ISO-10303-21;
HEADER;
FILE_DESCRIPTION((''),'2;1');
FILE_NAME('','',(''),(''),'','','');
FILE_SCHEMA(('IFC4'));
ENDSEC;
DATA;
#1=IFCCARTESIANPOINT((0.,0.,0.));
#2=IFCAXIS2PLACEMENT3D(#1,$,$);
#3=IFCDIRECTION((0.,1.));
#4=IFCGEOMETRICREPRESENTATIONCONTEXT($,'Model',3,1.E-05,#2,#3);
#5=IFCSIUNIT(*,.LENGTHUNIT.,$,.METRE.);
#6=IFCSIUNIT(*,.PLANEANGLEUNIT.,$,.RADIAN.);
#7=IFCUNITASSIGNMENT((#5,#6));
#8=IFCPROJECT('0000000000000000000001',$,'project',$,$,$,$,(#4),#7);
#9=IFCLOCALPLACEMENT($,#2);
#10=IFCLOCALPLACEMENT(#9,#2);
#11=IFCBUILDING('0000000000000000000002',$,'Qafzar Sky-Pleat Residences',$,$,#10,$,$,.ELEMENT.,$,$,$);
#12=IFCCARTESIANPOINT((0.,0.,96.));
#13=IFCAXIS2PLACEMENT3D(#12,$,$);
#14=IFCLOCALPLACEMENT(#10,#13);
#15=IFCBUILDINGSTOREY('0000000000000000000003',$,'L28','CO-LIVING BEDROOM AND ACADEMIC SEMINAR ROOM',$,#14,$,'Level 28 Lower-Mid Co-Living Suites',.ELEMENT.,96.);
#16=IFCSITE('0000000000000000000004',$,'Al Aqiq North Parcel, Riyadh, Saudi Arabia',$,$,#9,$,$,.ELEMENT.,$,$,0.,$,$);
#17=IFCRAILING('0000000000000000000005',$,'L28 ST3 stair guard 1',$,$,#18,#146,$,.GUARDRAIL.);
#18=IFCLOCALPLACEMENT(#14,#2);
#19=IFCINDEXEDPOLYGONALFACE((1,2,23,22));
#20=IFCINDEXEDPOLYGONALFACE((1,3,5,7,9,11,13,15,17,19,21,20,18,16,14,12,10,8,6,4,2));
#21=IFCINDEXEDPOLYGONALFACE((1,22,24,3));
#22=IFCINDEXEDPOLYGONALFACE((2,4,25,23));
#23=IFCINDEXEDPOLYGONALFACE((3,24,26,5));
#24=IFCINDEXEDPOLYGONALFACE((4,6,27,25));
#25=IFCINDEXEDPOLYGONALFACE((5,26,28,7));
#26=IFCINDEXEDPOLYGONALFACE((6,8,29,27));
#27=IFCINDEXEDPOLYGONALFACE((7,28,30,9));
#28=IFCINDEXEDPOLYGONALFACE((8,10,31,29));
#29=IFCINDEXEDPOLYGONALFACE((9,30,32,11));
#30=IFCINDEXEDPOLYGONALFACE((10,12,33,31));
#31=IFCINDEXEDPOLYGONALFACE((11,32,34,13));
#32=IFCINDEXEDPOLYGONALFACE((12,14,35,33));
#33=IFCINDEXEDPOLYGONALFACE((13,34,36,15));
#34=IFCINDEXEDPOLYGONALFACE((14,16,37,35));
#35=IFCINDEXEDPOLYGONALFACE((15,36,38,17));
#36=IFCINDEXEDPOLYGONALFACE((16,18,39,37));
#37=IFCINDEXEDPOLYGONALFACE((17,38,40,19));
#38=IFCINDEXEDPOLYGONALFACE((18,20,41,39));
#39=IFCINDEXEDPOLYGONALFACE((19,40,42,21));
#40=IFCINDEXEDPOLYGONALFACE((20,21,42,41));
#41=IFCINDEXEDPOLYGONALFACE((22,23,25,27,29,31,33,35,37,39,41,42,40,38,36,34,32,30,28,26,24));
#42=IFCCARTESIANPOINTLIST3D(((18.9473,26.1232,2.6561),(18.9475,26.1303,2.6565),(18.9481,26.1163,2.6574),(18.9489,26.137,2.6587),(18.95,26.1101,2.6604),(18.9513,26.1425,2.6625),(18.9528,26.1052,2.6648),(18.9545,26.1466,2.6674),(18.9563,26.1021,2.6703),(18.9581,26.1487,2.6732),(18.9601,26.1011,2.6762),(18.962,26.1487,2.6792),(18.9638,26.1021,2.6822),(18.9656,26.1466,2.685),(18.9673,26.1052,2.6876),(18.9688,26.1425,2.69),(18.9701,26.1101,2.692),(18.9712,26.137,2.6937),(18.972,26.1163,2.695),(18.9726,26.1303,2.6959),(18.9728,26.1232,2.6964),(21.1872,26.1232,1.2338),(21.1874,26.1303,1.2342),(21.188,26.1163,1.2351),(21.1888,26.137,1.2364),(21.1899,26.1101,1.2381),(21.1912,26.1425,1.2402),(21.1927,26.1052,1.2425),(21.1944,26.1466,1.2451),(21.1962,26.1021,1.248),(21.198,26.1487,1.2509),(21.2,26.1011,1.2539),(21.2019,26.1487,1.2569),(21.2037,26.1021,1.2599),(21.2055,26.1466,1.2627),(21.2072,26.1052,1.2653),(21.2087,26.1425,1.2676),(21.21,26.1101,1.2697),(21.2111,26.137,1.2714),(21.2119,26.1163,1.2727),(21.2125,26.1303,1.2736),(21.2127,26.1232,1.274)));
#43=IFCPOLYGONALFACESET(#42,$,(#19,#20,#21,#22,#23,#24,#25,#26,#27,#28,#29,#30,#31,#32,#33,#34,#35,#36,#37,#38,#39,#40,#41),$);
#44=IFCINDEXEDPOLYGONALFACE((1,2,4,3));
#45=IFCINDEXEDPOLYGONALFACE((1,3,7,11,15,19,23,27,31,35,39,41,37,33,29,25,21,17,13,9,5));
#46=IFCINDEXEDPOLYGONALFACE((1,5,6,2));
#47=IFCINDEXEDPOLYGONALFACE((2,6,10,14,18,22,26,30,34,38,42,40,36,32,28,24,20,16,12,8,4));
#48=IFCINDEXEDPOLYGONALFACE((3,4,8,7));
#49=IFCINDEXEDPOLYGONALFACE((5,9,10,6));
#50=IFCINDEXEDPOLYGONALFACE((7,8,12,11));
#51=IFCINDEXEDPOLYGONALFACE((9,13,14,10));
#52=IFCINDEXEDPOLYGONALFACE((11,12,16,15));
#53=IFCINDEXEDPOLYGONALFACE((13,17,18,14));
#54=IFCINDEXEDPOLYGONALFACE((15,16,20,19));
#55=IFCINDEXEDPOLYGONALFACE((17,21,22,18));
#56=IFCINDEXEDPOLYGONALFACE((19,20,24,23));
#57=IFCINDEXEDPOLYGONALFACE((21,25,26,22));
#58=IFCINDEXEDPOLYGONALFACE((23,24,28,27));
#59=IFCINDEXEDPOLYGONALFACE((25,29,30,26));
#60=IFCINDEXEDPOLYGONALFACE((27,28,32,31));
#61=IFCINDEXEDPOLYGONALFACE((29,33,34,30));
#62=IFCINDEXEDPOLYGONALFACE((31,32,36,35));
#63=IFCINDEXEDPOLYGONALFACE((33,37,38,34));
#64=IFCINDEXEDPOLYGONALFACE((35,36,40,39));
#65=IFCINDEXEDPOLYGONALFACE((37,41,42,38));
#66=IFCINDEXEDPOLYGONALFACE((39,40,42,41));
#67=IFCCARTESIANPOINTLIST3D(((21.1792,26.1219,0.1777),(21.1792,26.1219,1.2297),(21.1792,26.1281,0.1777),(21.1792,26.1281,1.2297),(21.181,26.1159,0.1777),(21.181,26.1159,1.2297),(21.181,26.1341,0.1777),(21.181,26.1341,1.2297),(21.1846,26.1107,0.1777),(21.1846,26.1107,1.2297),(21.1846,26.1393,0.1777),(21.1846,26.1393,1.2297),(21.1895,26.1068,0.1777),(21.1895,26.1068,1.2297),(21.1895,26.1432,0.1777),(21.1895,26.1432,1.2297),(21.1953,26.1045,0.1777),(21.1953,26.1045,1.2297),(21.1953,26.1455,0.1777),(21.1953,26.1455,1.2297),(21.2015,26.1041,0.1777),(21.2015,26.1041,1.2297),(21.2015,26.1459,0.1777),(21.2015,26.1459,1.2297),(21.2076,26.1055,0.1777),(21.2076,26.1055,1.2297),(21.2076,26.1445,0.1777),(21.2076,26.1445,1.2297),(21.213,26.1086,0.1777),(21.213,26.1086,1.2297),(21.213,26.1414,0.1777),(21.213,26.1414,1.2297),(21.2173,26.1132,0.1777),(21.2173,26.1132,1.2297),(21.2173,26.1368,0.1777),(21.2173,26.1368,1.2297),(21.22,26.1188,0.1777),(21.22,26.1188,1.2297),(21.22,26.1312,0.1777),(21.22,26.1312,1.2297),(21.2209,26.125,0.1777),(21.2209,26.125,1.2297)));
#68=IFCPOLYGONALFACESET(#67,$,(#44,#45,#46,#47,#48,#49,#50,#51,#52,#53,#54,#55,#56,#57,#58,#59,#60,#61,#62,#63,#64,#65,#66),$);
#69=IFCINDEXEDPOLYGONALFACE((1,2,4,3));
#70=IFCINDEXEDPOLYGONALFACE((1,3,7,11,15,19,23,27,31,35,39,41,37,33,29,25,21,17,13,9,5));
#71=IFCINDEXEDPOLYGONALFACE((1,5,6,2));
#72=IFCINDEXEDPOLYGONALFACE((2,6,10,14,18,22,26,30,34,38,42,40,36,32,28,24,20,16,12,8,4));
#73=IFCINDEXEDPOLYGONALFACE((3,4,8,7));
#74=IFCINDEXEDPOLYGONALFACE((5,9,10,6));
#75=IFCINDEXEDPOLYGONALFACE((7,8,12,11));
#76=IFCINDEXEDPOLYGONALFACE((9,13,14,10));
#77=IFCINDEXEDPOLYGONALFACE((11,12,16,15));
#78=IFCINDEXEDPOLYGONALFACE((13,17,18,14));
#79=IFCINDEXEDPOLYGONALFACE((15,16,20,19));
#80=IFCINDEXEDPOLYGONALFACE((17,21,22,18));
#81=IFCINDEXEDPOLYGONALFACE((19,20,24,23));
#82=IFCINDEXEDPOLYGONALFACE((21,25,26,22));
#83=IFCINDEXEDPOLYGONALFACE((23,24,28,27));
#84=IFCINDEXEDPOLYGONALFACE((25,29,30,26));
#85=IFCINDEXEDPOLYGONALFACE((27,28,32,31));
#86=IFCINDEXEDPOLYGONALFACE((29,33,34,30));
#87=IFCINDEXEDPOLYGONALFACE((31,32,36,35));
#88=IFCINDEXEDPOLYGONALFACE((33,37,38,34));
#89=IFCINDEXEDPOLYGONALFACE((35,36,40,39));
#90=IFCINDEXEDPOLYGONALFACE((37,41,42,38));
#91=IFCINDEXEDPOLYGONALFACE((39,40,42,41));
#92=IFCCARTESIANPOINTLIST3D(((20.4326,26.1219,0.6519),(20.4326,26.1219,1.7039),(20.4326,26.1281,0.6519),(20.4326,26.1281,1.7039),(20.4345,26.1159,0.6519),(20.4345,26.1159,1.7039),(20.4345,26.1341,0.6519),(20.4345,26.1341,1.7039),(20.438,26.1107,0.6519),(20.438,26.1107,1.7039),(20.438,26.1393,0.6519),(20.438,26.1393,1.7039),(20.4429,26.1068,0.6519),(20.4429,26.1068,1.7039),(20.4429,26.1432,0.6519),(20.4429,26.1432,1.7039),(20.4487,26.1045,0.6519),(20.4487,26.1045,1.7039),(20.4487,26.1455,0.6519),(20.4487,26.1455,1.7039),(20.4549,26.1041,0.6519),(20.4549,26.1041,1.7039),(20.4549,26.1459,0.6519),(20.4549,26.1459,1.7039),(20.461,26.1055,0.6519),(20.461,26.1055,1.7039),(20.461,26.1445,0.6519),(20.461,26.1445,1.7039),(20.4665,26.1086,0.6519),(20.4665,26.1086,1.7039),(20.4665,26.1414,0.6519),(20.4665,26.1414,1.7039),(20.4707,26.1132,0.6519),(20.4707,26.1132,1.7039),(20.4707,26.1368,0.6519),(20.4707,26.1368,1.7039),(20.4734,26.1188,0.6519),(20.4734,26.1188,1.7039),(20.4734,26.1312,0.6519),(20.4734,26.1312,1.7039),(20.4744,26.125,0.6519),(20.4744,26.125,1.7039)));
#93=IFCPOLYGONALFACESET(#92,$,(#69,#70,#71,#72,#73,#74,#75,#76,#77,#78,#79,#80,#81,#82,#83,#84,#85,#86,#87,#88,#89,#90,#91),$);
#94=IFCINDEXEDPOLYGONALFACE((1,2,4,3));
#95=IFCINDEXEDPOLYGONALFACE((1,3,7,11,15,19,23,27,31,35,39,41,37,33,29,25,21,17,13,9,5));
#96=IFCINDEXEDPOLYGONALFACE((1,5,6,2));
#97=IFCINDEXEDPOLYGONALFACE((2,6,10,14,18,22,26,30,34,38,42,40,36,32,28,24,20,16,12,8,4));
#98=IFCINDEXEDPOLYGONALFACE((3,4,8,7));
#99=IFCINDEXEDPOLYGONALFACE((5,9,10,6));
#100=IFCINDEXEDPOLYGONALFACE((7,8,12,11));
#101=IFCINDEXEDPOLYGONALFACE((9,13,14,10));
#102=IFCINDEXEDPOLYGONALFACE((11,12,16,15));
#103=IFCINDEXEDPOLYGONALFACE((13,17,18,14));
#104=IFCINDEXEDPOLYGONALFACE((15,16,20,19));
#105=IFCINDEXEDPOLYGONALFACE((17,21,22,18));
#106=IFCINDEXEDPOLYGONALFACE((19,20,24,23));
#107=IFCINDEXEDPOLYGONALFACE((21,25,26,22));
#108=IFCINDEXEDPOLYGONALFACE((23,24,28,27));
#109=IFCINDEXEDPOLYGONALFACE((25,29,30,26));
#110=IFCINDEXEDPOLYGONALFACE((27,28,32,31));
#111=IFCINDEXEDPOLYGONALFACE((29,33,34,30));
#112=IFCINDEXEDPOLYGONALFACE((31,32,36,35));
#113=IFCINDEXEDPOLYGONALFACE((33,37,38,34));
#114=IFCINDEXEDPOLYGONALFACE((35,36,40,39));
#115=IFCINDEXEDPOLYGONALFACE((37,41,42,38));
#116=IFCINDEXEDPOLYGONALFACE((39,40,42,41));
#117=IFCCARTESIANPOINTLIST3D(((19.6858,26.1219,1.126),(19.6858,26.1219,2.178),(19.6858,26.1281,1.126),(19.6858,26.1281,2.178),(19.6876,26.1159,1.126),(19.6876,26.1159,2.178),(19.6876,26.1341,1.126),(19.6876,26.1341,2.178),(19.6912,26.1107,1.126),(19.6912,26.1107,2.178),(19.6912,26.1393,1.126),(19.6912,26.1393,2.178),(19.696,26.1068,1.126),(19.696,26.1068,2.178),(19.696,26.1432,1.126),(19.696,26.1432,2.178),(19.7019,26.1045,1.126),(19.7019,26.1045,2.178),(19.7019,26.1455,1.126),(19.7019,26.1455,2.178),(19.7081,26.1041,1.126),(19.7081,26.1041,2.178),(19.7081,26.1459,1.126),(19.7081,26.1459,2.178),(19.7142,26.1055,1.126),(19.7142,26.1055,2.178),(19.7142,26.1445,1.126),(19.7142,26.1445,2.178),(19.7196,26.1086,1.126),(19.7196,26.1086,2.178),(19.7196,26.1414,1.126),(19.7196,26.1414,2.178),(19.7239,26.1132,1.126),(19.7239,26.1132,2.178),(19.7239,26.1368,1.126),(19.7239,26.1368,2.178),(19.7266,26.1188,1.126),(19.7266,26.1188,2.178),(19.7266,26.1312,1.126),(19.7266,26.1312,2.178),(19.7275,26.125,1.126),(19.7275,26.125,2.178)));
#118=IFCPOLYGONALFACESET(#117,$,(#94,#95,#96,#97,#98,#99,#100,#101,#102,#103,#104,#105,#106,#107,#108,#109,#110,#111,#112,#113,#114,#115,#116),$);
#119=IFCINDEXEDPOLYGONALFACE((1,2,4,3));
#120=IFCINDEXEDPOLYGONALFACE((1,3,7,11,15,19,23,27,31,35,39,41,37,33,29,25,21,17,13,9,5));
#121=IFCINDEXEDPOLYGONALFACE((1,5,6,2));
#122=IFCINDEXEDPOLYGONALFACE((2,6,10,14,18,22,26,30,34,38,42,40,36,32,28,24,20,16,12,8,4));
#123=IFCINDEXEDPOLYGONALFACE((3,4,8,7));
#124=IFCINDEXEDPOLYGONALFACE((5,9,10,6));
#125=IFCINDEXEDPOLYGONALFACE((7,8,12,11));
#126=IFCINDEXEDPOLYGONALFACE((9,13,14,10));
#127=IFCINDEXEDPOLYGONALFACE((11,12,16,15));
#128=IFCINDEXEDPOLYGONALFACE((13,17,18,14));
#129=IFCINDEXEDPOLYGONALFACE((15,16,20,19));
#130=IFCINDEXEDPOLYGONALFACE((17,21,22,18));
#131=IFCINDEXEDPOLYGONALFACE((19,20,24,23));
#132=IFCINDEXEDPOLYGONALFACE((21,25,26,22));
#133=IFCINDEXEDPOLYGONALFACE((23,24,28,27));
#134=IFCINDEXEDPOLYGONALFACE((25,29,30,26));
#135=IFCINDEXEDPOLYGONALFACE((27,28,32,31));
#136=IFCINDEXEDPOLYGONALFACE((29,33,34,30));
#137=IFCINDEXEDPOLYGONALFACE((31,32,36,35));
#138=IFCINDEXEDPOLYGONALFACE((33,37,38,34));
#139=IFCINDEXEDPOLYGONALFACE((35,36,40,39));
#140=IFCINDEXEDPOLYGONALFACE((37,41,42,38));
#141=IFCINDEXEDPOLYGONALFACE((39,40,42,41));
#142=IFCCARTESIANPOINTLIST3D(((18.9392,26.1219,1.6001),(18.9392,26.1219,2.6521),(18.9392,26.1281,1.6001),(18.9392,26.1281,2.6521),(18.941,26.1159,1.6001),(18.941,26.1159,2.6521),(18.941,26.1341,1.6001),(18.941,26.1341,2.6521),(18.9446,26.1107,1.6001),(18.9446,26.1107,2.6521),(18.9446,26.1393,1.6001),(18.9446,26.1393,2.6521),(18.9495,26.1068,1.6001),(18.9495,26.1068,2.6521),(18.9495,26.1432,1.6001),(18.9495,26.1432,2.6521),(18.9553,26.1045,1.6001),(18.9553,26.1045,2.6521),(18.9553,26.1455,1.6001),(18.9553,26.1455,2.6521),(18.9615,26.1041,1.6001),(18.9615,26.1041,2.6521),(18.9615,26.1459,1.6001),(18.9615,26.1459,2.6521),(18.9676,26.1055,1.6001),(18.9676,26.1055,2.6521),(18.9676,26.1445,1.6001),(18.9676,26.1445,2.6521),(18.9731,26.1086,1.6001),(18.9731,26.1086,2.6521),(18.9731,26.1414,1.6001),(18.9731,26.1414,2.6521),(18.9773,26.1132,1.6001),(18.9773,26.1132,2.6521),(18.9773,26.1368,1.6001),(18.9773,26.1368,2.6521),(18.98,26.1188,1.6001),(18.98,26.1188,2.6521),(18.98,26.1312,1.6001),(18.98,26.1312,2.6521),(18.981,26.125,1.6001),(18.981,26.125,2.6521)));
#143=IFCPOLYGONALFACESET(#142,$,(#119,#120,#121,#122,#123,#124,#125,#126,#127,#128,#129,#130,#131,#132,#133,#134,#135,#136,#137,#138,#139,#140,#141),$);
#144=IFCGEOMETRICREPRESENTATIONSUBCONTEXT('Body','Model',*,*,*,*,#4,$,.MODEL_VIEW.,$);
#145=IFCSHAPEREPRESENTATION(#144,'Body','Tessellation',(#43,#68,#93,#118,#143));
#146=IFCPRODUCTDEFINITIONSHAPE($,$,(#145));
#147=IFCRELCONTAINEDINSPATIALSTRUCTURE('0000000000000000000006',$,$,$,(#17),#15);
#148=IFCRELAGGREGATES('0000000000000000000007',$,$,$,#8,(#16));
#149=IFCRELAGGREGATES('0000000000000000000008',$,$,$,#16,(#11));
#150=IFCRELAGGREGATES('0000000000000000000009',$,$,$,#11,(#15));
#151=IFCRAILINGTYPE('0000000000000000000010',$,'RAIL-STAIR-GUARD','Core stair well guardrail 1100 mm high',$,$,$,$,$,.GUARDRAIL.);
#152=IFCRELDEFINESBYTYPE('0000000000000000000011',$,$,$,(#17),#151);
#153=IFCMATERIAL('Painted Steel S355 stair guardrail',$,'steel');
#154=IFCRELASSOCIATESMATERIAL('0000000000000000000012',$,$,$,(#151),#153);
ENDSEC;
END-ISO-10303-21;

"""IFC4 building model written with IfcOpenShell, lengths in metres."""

from ifc_helpers import new_model, si_unit, direction, frame, origin, origin_2d, place, context, subcontext, project, spatial, circle, extrude, source, transform, mapped, material, type_object, element, save


model = new_model("IFC4")

# Units and contexts
model_context = context("Model", 3, precision=1e-05, world=origin(), true_north=direction((0.0, 1.0)))
body_context = subcontext(model_context, "Body", "Model", "MODEL_VIEW")
ifc_project = project(units=[si_unit("LENGTHUNIT", "METRE"), si_unit("PLANEANGLEUNIT", "RADIAN")], contexts=[model_context])

# Site, building, storey
site_placement = place(None, origin())
site = spatial("IfcSite", under=ifc_project, at=site_placement, Name="Al Aqiq North Parcel, Riyadh, Saudi Arabia", CompositionType="ELEMENT", RefElevation=0.0)
building_placement = place(site_placement, origin())
building = spatial("IfcBuilding", under=site, at=building_placement, Name="Qafzar Sky-Pleat Residences", CompositionType="ELEMENT")
storey_placement = place(building_placement, frame((0.0, 0.0, 96.0)))
storey = spatial("IfcBuildingStorey", under=building, at=storey_placement, Name="L28", Description="CO-LIVING BEDROOM AND ACADEMIC SEMINAR ROOM", LongName="Level 28 Lower-Mid Co-Living Suites", CompositionType="ELEMENT", Elevation=96.0)

# Railing
ifc_material_1 = material(Name="Painted Steel S355 stair guardrail", Category="steel")
railing_type_1 = type_object("IfcRailingType", Name="RAIL-STAIR-GUARD", Description="Core stair well guardrail 1100 mm high", PredefinedType="GUARDRAIL", material=ifc_material_1)
shared_shape_1 = source(origin(), body_context, "Body", "SweptSolid", [
    extrude(circle(Radius=0.0239, at=origin_2d()), frame((0.0, 0.0, 1.0762), z_axis=(-0.844188, 0.0, 0.536048), x_axis=(0.0, -1.0, 0.0)), (0.0, 0.0, 1.0), 2.6533),
    extrude(circle(Radius=0.021, at=origin_2d()), origin(), (0.0, 0.0, 1.0), 1.052),
    extrude(circle(Radius=0.021, at=origin_2d()), frame((-0.7466, 0.0, 0.4741)), (0.0, 0.0, 1.0), 1.052),
    extrude(circle(Radius=0.021, at=origin_2d()), frame((-1.4934, 0.0, 0.9482)), (0.0, 0.0, 1.0), 1.052),
    extrude(circle(Radius=0.021, at=origin_2d()), frame((-2.24, 0.0, 1.4224)), (0.0, 0.0, 1.0), 1.052),
])
railing_1_placement = place(storey_placement, frame((21.2, 26.125, 0.1777)))
element("IfcRailing", 1, at=railing_1_placement, inside=storey, type_object=railing_type_1, Name="L28 ST3 stair guard 1", PredefinedType="GUARDRAIL", context=body_context, shape_type="MappedRepresentation", body=[
    mapped(shared_shape_1, transform((0.0, 0.0, 0.0), x_axis=(1.0, 0.0, 0.0), y_axis=(0.0, 1.0, 0.0), z_axis=(0.0, 0.0, 1.0), scale=1.0)),
])

save(model, "model.ifc")
